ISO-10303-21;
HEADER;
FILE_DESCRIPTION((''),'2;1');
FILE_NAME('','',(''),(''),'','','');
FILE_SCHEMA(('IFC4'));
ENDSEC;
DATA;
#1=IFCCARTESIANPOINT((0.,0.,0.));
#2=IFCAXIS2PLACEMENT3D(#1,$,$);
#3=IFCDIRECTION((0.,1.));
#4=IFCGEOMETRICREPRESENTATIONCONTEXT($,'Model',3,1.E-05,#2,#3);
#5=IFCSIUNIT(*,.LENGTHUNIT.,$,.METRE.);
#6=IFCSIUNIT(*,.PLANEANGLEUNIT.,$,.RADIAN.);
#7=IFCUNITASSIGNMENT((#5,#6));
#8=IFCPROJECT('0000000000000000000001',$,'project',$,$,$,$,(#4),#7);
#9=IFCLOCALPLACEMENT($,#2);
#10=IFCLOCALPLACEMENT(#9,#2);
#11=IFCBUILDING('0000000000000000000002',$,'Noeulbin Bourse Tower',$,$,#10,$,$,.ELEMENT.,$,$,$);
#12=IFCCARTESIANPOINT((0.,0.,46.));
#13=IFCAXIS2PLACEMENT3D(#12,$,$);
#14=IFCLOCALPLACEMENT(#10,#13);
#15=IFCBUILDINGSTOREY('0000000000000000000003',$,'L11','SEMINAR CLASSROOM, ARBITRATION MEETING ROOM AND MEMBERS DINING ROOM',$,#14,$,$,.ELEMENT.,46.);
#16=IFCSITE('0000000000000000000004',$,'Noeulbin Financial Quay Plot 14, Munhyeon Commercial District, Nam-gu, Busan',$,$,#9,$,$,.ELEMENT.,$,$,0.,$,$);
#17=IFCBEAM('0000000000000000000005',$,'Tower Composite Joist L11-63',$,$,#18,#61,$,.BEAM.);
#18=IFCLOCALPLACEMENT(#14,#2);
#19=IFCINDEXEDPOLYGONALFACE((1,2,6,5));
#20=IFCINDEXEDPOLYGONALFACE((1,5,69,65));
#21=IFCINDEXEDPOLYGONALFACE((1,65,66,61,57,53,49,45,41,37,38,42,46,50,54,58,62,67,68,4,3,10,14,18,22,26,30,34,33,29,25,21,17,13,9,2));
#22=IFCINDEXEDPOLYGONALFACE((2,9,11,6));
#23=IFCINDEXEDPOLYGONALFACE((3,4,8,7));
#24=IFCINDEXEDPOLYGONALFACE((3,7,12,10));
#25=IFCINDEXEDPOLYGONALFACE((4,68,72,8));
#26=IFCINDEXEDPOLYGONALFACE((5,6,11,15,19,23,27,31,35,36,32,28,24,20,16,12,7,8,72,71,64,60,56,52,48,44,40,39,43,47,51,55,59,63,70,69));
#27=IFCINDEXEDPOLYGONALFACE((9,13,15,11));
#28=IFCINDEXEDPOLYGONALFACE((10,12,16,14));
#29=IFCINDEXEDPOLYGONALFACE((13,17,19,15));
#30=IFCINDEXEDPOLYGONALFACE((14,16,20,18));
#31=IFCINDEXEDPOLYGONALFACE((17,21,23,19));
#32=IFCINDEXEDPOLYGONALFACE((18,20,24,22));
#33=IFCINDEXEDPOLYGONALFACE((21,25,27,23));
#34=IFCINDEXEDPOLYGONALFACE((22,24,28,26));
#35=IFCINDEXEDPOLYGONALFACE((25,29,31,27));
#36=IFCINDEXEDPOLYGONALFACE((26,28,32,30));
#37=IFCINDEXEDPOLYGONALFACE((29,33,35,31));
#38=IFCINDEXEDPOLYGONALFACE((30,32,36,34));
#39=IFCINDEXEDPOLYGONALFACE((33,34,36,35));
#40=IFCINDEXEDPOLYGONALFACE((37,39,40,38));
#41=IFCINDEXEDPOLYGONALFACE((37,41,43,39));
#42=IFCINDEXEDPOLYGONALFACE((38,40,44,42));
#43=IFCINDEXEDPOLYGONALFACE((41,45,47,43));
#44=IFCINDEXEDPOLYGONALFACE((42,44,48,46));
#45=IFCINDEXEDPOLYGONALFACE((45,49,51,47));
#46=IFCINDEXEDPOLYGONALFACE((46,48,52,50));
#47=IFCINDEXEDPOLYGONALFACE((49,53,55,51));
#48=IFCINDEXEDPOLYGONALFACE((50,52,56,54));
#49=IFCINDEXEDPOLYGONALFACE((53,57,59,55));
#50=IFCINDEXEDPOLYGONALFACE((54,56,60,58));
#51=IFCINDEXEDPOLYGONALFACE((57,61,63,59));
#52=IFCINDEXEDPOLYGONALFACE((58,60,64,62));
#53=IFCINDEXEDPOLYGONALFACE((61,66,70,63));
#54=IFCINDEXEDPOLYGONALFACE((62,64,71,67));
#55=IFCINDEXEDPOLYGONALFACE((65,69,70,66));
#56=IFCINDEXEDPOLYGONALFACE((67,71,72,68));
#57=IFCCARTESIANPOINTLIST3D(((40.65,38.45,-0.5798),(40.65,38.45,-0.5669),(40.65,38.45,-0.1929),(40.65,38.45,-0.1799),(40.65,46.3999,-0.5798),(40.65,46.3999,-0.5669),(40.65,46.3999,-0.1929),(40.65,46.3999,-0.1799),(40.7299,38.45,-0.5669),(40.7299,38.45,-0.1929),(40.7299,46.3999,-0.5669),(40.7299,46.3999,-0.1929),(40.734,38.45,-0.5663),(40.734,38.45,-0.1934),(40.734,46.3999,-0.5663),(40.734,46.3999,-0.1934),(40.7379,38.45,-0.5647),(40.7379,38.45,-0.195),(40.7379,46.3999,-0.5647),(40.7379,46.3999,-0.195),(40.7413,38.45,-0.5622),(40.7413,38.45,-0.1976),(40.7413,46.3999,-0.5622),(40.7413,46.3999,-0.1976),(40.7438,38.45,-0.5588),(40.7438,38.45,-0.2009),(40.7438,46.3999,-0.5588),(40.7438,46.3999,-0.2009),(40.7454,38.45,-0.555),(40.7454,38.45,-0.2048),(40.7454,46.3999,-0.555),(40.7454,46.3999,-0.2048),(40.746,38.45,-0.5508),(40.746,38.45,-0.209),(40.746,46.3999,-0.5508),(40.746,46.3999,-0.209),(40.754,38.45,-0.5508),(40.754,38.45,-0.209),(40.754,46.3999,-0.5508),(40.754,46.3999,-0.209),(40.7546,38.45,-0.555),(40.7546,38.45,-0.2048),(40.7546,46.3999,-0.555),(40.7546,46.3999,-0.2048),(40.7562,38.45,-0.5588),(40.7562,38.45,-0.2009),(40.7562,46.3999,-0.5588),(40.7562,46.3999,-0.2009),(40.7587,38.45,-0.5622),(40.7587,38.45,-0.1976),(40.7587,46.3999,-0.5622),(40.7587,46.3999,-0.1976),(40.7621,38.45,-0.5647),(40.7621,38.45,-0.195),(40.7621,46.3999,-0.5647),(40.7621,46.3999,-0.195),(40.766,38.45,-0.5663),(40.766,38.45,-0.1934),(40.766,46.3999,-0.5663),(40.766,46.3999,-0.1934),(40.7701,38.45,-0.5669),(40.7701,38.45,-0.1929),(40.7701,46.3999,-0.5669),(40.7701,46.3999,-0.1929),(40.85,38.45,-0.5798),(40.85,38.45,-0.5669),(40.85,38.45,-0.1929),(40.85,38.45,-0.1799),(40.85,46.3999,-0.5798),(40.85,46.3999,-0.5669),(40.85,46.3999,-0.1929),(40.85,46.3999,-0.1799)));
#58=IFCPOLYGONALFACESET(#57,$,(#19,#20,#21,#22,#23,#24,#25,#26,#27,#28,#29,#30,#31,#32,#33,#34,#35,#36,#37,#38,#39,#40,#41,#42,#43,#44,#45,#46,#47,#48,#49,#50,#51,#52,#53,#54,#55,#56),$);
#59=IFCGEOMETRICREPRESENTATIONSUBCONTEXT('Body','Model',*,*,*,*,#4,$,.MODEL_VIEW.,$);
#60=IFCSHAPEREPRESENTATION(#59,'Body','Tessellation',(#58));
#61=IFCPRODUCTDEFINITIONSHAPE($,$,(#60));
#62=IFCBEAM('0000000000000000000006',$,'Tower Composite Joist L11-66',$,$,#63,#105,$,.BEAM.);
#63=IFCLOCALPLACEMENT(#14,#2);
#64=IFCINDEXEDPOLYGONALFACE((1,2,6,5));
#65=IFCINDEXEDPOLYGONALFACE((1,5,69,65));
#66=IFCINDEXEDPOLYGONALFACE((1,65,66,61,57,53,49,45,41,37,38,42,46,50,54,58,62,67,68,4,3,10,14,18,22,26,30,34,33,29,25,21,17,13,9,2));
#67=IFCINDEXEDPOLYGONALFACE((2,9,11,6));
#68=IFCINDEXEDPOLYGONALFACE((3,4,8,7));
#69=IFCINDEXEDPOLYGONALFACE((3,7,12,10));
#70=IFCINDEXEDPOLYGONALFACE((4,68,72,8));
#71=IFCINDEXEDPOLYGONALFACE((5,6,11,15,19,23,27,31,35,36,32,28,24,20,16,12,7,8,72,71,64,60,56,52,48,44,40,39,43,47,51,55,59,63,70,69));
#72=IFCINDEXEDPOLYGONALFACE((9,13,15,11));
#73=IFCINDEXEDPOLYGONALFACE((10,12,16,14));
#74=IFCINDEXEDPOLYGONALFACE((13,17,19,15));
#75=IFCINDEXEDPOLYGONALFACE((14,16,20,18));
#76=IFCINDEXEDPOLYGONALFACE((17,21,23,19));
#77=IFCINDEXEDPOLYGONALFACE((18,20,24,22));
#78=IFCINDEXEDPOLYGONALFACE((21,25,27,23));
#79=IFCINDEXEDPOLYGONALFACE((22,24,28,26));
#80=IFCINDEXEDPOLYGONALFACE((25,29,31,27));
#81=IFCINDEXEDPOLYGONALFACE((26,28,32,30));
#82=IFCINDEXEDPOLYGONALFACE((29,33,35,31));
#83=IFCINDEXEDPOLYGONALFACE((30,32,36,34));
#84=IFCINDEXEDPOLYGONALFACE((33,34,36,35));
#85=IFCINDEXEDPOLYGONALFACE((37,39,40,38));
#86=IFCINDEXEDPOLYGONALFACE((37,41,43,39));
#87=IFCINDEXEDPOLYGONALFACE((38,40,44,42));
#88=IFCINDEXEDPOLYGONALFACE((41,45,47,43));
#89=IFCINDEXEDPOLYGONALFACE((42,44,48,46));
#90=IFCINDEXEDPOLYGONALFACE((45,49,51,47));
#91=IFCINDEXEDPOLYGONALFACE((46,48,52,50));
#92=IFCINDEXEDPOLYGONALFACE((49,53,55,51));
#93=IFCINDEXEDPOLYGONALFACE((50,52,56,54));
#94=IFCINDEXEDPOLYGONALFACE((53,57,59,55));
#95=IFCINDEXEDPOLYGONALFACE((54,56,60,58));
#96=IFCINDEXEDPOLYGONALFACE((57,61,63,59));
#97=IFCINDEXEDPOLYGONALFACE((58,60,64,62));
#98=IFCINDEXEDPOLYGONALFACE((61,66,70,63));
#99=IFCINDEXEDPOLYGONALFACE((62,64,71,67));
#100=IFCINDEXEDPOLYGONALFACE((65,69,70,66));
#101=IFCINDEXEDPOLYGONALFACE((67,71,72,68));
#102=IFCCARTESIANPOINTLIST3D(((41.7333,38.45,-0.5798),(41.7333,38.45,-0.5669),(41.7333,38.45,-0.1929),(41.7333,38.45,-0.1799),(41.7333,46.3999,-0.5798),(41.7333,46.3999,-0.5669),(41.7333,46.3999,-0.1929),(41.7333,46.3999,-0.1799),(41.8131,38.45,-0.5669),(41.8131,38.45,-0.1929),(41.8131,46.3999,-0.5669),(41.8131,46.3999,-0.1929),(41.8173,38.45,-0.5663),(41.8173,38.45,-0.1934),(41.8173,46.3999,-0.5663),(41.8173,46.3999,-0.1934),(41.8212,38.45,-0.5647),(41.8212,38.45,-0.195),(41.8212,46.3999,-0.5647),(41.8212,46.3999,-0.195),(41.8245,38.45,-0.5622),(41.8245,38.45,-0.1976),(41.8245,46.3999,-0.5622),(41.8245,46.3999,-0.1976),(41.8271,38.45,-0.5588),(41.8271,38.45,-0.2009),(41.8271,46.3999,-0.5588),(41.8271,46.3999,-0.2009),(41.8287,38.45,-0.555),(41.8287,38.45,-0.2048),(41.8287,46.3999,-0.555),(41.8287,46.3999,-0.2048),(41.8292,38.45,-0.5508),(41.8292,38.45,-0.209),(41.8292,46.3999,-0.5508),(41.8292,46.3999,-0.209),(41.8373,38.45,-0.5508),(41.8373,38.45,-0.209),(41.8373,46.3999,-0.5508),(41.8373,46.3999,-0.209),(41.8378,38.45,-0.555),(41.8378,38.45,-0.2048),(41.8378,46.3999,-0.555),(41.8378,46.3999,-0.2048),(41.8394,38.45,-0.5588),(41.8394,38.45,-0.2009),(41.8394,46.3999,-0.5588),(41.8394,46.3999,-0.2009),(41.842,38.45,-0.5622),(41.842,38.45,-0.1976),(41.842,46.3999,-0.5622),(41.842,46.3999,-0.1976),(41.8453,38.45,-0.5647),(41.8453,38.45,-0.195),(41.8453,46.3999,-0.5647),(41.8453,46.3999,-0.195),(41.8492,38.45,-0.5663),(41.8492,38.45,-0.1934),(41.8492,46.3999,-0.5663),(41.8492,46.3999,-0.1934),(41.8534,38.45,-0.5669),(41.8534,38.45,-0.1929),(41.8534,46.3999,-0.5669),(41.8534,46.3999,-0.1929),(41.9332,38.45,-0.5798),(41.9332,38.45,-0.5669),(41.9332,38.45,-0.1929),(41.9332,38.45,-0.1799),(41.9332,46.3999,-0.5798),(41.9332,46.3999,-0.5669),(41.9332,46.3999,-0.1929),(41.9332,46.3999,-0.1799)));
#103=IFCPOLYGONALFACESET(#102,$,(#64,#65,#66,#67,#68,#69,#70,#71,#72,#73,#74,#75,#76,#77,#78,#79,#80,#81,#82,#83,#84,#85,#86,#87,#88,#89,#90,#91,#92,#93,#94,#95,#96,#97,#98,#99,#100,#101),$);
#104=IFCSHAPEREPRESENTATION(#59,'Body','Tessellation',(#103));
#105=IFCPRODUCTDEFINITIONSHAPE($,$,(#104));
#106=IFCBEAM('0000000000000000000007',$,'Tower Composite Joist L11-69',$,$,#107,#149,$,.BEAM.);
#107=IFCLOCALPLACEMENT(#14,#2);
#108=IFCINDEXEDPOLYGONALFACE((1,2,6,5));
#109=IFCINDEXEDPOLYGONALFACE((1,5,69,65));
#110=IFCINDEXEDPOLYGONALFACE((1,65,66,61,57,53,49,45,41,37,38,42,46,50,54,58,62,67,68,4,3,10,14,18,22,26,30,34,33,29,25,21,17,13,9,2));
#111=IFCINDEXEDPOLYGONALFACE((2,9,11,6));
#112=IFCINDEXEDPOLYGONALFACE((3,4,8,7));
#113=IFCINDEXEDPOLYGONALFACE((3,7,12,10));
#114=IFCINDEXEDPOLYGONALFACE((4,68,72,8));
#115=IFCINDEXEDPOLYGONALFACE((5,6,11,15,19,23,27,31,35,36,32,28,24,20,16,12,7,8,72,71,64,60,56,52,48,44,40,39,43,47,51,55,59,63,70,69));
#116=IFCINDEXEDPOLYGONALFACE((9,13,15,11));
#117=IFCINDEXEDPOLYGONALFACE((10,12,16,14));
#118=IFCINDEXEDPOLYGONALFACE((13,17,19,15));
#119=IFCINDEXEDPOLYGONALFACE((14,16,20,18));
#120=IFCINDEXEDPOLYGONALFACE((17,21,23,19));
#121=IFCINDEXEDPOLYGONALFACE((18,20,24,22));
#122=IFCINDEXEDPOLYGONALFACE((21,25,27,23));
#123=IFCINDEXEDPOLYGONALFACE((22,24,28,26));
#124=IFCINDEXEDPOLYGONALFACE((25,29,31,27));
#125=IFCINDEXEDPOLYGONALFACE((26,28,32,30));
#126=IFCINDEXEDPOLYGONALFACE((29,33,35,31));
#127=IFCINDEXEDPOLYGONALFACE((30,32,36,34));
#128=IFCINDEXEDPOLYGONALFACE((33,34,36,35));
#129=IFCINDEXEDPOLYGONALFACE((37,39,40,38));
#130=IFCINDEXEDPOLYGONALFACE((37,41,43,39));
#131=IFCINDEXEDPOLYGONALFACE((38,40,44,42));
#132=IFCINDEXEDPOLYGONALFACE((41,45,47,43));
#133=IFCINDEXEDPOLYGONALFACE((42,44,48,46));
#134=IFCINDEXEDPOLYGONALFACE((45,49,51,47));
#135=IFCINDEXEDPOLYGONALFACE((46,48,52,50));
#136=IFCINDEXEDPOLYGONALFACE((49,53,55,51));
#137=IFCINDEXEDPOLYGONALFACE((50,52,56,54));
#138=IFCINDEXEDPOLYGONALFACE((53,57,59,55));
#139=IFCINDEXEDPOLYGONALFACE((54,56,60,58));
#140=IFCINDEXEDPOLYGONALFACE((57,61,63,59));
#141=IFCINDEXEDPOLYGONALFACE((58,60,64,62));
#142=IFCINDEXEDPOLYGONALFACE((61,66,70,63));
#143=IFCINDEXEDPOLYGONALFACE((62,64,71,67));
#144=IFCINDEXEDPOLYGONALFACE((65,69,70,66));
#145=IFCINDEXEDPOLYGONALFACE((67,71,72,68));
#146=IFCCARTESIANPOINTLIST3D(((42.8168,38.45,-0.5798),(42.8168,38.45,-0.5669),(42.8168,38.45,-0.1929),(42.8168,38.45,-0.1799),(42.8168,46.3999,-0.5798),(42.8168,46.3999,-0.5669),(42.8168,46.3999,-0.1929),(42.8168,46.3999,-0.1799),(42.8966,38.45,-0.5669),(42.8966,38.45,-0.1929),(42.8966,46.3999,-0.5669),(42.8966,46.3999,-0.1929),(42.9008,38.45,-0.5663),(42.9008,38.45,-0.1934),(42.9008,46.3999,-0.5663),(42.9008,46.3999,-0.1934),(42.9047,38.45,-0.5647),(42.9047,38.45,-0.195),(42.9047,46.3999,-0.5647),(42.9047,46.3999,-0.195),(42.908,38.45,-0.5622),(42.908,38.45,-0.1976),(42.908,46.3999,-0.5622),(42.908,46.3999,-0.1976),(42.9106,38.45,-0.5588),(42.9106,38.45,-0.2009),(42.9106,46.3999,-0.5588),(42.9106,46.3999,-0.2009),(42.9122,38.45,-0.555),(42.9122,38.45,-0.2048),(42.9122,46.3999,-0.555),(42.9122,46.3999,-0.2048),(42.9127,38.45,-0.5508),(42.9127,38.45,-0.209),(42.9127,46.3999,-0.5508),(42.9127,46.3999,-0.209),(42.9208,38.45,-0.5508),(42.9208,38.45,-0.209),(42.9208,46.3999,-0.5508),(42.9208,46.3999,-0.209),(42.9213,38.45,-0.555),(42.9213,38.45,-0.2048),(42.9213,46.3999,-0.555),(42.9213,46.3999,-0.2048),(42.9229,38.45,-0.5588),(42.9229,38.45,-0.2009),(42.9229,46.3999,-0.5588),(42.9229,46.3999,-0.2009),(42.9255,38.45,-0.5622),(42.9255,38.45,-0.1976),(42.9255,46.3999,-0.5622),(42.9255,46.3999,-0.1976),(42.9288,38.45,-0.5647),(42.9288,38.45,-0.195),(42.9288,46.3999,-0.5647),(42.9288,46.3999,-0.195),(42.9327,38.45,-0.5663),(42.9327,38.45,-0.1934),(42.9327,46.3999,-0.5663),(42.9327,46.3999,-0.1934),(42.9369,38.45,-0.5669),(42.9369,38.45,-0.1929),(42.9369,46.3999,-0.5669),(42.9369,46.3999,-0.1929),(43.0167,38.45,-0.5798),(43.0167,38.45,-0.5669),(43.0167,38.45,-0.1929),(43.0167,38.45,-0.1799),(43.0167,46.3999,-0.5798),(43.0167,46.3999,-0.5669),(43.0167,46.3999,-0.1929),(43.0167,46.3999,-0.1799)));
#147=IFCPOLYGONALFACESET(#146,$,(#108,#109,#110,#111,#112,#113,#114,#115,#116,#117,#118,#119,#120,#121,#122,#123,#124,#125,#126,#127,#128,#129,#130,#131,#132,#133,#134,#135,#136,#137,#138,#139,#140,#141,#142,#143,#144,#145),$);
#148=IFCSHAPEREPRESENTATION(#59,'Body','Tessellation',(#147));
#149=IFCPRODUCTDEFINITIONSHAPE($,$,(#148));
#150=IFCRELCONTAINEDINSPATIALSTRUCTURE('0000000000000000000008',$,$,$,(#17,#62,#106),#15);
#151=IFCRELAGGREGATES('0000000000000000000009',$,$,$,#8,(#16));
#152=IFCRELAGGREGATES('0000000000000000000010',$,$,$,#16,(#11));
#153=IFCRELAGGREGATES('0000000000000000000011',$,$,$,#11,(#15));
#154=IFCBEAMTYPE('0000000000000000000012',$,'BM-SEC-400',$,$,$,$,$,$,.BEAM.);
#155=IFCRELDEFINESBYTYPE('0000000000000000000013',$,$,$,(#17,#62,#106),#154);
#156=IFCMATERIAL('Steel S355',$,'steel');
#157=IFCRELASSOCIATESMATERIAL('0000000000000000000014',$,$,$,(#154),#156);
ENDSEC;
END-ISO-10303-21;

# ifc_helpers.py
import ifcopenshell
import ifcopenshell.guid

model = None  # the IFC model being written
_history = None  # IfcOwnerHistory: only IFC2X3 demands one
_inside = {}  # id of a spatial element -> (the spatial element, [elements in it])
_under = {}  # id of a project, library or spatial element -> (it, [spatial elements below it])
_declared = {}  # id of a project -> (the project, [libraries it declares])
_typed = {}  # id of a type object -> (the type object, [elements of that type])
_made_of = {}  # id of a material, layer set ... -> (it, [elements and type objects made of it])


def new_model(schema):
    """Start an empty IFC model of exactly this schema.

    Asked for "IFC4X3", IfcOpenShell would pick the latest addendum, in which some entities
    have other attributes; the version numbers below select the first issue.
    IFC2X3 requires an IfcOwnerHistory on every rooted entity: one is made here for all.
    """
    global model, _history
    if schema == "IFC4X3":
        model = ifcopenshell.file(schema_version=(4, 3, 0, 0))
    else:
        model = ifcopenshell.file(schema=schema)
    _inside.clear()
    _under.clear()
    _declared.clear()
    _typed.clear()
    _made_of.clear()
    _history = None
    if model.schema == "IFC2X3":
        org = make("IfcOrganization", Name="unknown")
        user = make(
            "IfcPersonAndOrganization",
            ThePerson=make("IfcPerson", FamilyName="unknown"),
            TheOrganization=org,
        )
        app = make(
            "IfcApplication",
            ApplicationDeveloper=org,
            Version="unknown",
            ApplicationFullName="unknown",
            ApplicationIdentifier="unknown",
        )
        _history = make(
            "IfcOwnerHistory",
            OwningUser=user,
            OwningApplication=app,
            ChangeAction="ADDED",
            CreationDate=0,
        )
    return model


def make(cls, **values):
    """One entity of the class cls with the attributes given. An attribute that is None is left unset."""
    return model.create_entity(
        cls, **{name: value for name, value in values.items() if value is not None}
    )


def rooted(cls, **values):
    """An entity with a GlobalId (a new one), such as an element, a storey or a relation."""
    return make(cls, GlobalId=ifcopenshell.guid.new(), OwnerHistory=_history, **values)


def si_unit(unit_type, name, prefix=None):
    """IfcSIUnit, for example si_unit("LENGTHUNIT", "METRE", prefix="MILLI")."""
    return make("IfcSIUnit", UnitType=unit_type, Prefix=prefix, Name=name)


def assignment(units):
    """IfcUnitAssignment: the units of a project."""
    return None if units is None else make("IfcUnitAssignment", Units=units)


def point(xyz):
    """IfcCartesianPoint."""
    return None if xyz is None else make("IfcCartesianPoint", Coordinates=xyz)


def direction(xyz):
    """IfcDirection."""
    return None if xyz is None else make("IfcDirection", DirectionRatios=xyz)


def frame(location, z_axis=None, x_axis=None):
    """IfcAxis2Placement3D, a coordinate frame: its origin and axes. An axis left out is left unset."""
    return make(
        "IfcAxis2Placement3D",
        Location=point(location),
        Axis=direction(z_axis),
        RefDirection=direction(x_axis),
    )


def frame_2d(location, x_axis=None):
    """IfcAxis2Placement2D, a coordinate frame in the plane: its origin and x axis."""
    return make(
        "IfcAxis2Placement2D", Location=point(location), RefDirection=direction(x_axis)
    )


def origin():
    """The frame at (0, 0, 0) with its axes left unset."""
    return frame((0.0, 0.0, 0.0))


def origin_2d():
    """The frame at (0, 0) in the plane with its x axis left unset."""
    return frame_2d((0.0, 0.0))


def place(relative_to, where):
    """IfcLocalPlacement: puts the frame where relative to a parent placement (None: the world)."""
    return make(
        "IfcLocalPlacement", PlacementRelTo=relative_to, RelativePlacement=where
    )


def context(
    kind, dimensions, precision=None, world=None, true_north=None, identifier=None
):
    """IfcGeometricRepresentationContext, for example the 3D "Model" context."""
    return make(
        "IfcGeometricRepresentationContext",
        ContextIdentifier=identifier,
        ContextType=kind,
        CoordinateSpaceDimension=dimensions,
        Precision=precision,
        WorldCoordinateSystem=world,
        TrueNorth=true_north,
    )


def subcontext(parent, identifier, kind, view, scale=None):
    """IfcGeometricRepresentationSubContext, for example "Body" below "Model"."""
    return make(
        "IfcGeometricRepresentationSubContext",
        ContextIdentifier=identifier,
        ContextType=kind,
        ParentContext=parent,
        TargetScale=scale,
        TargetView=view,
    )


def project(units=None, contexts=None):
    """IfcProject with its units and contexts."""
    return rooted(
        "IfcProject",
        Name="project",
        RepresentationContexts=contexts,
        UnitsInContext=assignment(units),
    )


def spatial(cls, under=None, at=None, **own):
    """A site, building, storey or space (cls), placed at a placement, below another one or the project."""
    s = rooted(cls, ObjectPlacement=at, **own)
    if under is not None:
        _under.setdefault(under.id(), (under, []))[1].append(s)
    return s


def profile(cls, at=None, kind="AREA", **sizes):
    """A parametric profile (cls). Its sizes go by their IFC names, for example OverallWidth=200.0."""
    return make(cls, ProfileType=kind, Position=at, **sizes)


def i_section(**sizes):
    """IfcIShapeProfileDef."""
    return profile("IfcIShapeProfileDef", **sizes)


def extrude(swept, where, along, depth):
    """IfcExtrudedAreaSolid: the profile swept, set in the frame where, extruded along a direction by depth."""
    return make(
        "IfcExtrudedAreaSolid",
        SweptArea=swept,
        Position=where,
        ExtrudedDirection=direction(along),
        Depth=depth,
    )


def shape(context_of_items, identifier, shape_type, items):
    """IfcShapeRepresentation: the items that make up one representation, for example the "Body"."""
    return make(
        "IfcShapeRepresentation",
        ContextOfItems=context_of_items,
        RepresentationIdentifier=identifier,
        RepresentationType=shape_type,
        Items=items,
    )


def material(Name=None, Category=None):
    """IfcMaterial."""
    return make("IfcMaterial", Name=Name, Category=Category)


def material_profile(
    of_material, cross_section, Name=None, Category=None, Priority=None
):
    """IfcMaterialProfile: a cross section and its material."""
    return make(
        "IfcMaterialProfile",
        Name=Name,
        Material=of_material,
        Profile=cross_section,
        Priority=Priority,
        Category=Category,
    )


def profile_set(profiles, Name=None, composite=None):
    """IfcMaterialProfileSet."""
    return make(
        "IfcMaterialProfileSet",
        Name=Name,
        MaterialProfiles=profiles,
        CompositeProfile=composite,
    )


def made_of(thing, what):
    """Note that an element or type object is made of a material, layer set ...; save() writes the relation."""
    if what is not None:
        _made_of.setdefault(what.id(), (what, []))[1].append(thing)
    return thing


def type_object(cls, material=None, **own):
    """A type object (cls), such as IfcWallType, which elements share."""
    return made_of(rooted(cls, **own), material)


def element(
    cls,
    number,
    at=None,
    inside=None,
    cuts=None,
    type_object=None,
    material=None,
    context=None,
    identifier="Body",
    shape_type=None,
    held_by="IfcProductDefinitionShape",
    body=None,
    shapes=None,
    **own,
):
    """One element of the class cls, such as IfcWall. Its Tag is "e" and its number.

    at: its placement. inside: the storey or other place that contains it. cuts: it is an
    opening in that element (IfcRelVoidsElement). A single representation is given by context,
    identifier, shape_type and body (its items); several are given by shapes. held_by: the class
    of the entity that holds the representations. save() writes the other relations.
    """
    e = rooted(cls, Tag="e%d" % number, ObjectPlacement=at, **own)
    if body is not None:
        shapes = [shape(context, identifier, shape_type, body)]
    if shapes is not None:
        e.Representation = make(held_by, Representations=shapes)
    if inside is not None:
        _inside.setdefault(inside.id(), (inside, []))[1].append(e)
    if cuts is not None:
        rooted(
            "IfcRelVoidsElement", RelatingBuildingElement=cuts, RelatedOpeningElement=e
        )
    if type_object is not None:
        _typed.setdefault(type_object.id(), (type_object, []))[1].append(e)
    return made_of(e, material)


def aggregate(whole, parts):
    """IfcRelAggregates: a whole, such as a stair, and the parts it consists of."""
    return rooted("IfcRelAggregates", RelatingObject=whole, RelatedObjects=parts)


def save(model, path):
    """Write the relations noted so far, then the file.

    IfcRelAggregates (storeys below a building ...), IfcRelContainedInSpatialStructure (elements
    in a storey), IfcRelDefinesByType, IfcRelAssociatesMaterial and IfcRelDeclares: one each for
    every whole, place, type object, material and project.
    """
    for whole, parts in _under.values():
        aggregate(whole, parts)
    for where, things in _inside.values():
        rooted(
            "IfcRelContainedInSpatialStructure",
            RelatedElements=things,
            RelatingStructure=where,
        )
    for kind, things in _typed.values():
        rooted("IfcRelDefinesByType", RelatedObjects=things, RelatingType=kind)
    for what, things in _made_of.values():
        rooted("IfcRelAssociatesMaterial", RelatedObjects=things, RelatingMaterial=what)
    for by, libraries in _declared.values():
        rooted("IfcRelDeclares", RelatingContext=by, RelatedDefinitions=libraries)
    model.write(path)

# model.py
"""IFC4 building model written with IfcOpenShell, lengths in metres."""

from ifc_helpers import new_model, si_unit, direction, frame, origin, origin_2d, place, context, subcontext, project, spatial, i_section, extrude, material, material_profile, profile_set, type_object, element, save


model = new_model("IFC4")

# Units and contexts
model_context = context("Model", 3, precision=1e-05, world=origin(), true_north=direction((0.0, 1.0)))
body_context = subcontext(model_context, "Body", "Model", "MODEL_VIEW")
ifc_project = project(units=[si_unit("LENGTHUNIT", "METRE"), si_unit("PLANEANGLEUNIT", "RADIAN")], contexts=[model_context])

# Site, building, storey
site_placement = place(None, origin())
site = spatial("IfcSite", under=ifc_project, at=site_placement, Name="Noeulbin Financial Quay Plot 14, Munhyeon Commercial District, Nam-gu, Busan", CompositionType="ELEMENT", RefElevation=0.0)
building_placement = place(site_placement, origin())
building = spatial("IfcBuilding", under=site, at=building_placement, Name="Noeulbin Bourse Tower", CompositionType="ELEMENT")
storey_placement = place(building_placement, frame((0.0, 0.0, 46.0)))
storey = spatial("IfcBuildingStorey", under=building, at=storey_placement, Name="L11", Description="SEMINAR CLASSROOM, ARBITRATION MEETING ROOM AND MEMBERS DINING ROOM", CompositionType="ELEMENT", Elevation=46.0)

# Beams
ifc_material_1 = material(Name="Steel S355", Category="steel")
ifc_material_profile_1 = material_profile(ifc_material_1, i_section(OverallWidth=0.2, OverallDepth=0.3999, WebThickness=0.0081, FlangeThickness=0.0129, FilletRadius=0.0161, at=origin_2d()), Name="H-400x200x8x13", Category="LoadBearing")
ifc_profile_set_1 = profile_set([ifc_material_profile_1], Name="Steel S355")
beam_type_1 = type_object("IfcBeamType", Name="BM-SEC-400", PredefinedType="BEAM", material=ifc_profile_set_1)
for number, where, z_axis, x_axis, name in (
    (1, (40.75, 38.45, -0.3799), (0.0, 1.0, 0.0), (-1.0, 0.0, 0.0), "Tower Composite Joist L11-63"),
    (2, (41.8333, 38.45, -0.3799), (0.0, 1.0, 0.0), (-1.0, 0.0, 0.0), "Tower Composite Joist L11-66"),
    (3, (42.9167, 38.45, -0.3799), (0.0, 1.0, 0.0), (-1.0, 0.0, 0.0), "Tower Composite Joist L11-69"),
):
    element("IfcBeam", number, at=place(storey_placement, frame(where, z_axis=z_axis, x_axis=x_axis)), inside=storey, type_object=beam_type_1, Name=name, PredefinedType="BEAM", context=body_context, shape_type="SweptSolid", body=[
        extrude(i_section(OverallWidth=0.2, OverallDepth=0.3999, WebThickness=0.0081, FlangeThickness=0.0129, FilletRadius=0.0161, at=origin_2d()), origin(), (0.0, 0.0, 1.0), 7.95),
    ])

save(model, "model.ifc")
